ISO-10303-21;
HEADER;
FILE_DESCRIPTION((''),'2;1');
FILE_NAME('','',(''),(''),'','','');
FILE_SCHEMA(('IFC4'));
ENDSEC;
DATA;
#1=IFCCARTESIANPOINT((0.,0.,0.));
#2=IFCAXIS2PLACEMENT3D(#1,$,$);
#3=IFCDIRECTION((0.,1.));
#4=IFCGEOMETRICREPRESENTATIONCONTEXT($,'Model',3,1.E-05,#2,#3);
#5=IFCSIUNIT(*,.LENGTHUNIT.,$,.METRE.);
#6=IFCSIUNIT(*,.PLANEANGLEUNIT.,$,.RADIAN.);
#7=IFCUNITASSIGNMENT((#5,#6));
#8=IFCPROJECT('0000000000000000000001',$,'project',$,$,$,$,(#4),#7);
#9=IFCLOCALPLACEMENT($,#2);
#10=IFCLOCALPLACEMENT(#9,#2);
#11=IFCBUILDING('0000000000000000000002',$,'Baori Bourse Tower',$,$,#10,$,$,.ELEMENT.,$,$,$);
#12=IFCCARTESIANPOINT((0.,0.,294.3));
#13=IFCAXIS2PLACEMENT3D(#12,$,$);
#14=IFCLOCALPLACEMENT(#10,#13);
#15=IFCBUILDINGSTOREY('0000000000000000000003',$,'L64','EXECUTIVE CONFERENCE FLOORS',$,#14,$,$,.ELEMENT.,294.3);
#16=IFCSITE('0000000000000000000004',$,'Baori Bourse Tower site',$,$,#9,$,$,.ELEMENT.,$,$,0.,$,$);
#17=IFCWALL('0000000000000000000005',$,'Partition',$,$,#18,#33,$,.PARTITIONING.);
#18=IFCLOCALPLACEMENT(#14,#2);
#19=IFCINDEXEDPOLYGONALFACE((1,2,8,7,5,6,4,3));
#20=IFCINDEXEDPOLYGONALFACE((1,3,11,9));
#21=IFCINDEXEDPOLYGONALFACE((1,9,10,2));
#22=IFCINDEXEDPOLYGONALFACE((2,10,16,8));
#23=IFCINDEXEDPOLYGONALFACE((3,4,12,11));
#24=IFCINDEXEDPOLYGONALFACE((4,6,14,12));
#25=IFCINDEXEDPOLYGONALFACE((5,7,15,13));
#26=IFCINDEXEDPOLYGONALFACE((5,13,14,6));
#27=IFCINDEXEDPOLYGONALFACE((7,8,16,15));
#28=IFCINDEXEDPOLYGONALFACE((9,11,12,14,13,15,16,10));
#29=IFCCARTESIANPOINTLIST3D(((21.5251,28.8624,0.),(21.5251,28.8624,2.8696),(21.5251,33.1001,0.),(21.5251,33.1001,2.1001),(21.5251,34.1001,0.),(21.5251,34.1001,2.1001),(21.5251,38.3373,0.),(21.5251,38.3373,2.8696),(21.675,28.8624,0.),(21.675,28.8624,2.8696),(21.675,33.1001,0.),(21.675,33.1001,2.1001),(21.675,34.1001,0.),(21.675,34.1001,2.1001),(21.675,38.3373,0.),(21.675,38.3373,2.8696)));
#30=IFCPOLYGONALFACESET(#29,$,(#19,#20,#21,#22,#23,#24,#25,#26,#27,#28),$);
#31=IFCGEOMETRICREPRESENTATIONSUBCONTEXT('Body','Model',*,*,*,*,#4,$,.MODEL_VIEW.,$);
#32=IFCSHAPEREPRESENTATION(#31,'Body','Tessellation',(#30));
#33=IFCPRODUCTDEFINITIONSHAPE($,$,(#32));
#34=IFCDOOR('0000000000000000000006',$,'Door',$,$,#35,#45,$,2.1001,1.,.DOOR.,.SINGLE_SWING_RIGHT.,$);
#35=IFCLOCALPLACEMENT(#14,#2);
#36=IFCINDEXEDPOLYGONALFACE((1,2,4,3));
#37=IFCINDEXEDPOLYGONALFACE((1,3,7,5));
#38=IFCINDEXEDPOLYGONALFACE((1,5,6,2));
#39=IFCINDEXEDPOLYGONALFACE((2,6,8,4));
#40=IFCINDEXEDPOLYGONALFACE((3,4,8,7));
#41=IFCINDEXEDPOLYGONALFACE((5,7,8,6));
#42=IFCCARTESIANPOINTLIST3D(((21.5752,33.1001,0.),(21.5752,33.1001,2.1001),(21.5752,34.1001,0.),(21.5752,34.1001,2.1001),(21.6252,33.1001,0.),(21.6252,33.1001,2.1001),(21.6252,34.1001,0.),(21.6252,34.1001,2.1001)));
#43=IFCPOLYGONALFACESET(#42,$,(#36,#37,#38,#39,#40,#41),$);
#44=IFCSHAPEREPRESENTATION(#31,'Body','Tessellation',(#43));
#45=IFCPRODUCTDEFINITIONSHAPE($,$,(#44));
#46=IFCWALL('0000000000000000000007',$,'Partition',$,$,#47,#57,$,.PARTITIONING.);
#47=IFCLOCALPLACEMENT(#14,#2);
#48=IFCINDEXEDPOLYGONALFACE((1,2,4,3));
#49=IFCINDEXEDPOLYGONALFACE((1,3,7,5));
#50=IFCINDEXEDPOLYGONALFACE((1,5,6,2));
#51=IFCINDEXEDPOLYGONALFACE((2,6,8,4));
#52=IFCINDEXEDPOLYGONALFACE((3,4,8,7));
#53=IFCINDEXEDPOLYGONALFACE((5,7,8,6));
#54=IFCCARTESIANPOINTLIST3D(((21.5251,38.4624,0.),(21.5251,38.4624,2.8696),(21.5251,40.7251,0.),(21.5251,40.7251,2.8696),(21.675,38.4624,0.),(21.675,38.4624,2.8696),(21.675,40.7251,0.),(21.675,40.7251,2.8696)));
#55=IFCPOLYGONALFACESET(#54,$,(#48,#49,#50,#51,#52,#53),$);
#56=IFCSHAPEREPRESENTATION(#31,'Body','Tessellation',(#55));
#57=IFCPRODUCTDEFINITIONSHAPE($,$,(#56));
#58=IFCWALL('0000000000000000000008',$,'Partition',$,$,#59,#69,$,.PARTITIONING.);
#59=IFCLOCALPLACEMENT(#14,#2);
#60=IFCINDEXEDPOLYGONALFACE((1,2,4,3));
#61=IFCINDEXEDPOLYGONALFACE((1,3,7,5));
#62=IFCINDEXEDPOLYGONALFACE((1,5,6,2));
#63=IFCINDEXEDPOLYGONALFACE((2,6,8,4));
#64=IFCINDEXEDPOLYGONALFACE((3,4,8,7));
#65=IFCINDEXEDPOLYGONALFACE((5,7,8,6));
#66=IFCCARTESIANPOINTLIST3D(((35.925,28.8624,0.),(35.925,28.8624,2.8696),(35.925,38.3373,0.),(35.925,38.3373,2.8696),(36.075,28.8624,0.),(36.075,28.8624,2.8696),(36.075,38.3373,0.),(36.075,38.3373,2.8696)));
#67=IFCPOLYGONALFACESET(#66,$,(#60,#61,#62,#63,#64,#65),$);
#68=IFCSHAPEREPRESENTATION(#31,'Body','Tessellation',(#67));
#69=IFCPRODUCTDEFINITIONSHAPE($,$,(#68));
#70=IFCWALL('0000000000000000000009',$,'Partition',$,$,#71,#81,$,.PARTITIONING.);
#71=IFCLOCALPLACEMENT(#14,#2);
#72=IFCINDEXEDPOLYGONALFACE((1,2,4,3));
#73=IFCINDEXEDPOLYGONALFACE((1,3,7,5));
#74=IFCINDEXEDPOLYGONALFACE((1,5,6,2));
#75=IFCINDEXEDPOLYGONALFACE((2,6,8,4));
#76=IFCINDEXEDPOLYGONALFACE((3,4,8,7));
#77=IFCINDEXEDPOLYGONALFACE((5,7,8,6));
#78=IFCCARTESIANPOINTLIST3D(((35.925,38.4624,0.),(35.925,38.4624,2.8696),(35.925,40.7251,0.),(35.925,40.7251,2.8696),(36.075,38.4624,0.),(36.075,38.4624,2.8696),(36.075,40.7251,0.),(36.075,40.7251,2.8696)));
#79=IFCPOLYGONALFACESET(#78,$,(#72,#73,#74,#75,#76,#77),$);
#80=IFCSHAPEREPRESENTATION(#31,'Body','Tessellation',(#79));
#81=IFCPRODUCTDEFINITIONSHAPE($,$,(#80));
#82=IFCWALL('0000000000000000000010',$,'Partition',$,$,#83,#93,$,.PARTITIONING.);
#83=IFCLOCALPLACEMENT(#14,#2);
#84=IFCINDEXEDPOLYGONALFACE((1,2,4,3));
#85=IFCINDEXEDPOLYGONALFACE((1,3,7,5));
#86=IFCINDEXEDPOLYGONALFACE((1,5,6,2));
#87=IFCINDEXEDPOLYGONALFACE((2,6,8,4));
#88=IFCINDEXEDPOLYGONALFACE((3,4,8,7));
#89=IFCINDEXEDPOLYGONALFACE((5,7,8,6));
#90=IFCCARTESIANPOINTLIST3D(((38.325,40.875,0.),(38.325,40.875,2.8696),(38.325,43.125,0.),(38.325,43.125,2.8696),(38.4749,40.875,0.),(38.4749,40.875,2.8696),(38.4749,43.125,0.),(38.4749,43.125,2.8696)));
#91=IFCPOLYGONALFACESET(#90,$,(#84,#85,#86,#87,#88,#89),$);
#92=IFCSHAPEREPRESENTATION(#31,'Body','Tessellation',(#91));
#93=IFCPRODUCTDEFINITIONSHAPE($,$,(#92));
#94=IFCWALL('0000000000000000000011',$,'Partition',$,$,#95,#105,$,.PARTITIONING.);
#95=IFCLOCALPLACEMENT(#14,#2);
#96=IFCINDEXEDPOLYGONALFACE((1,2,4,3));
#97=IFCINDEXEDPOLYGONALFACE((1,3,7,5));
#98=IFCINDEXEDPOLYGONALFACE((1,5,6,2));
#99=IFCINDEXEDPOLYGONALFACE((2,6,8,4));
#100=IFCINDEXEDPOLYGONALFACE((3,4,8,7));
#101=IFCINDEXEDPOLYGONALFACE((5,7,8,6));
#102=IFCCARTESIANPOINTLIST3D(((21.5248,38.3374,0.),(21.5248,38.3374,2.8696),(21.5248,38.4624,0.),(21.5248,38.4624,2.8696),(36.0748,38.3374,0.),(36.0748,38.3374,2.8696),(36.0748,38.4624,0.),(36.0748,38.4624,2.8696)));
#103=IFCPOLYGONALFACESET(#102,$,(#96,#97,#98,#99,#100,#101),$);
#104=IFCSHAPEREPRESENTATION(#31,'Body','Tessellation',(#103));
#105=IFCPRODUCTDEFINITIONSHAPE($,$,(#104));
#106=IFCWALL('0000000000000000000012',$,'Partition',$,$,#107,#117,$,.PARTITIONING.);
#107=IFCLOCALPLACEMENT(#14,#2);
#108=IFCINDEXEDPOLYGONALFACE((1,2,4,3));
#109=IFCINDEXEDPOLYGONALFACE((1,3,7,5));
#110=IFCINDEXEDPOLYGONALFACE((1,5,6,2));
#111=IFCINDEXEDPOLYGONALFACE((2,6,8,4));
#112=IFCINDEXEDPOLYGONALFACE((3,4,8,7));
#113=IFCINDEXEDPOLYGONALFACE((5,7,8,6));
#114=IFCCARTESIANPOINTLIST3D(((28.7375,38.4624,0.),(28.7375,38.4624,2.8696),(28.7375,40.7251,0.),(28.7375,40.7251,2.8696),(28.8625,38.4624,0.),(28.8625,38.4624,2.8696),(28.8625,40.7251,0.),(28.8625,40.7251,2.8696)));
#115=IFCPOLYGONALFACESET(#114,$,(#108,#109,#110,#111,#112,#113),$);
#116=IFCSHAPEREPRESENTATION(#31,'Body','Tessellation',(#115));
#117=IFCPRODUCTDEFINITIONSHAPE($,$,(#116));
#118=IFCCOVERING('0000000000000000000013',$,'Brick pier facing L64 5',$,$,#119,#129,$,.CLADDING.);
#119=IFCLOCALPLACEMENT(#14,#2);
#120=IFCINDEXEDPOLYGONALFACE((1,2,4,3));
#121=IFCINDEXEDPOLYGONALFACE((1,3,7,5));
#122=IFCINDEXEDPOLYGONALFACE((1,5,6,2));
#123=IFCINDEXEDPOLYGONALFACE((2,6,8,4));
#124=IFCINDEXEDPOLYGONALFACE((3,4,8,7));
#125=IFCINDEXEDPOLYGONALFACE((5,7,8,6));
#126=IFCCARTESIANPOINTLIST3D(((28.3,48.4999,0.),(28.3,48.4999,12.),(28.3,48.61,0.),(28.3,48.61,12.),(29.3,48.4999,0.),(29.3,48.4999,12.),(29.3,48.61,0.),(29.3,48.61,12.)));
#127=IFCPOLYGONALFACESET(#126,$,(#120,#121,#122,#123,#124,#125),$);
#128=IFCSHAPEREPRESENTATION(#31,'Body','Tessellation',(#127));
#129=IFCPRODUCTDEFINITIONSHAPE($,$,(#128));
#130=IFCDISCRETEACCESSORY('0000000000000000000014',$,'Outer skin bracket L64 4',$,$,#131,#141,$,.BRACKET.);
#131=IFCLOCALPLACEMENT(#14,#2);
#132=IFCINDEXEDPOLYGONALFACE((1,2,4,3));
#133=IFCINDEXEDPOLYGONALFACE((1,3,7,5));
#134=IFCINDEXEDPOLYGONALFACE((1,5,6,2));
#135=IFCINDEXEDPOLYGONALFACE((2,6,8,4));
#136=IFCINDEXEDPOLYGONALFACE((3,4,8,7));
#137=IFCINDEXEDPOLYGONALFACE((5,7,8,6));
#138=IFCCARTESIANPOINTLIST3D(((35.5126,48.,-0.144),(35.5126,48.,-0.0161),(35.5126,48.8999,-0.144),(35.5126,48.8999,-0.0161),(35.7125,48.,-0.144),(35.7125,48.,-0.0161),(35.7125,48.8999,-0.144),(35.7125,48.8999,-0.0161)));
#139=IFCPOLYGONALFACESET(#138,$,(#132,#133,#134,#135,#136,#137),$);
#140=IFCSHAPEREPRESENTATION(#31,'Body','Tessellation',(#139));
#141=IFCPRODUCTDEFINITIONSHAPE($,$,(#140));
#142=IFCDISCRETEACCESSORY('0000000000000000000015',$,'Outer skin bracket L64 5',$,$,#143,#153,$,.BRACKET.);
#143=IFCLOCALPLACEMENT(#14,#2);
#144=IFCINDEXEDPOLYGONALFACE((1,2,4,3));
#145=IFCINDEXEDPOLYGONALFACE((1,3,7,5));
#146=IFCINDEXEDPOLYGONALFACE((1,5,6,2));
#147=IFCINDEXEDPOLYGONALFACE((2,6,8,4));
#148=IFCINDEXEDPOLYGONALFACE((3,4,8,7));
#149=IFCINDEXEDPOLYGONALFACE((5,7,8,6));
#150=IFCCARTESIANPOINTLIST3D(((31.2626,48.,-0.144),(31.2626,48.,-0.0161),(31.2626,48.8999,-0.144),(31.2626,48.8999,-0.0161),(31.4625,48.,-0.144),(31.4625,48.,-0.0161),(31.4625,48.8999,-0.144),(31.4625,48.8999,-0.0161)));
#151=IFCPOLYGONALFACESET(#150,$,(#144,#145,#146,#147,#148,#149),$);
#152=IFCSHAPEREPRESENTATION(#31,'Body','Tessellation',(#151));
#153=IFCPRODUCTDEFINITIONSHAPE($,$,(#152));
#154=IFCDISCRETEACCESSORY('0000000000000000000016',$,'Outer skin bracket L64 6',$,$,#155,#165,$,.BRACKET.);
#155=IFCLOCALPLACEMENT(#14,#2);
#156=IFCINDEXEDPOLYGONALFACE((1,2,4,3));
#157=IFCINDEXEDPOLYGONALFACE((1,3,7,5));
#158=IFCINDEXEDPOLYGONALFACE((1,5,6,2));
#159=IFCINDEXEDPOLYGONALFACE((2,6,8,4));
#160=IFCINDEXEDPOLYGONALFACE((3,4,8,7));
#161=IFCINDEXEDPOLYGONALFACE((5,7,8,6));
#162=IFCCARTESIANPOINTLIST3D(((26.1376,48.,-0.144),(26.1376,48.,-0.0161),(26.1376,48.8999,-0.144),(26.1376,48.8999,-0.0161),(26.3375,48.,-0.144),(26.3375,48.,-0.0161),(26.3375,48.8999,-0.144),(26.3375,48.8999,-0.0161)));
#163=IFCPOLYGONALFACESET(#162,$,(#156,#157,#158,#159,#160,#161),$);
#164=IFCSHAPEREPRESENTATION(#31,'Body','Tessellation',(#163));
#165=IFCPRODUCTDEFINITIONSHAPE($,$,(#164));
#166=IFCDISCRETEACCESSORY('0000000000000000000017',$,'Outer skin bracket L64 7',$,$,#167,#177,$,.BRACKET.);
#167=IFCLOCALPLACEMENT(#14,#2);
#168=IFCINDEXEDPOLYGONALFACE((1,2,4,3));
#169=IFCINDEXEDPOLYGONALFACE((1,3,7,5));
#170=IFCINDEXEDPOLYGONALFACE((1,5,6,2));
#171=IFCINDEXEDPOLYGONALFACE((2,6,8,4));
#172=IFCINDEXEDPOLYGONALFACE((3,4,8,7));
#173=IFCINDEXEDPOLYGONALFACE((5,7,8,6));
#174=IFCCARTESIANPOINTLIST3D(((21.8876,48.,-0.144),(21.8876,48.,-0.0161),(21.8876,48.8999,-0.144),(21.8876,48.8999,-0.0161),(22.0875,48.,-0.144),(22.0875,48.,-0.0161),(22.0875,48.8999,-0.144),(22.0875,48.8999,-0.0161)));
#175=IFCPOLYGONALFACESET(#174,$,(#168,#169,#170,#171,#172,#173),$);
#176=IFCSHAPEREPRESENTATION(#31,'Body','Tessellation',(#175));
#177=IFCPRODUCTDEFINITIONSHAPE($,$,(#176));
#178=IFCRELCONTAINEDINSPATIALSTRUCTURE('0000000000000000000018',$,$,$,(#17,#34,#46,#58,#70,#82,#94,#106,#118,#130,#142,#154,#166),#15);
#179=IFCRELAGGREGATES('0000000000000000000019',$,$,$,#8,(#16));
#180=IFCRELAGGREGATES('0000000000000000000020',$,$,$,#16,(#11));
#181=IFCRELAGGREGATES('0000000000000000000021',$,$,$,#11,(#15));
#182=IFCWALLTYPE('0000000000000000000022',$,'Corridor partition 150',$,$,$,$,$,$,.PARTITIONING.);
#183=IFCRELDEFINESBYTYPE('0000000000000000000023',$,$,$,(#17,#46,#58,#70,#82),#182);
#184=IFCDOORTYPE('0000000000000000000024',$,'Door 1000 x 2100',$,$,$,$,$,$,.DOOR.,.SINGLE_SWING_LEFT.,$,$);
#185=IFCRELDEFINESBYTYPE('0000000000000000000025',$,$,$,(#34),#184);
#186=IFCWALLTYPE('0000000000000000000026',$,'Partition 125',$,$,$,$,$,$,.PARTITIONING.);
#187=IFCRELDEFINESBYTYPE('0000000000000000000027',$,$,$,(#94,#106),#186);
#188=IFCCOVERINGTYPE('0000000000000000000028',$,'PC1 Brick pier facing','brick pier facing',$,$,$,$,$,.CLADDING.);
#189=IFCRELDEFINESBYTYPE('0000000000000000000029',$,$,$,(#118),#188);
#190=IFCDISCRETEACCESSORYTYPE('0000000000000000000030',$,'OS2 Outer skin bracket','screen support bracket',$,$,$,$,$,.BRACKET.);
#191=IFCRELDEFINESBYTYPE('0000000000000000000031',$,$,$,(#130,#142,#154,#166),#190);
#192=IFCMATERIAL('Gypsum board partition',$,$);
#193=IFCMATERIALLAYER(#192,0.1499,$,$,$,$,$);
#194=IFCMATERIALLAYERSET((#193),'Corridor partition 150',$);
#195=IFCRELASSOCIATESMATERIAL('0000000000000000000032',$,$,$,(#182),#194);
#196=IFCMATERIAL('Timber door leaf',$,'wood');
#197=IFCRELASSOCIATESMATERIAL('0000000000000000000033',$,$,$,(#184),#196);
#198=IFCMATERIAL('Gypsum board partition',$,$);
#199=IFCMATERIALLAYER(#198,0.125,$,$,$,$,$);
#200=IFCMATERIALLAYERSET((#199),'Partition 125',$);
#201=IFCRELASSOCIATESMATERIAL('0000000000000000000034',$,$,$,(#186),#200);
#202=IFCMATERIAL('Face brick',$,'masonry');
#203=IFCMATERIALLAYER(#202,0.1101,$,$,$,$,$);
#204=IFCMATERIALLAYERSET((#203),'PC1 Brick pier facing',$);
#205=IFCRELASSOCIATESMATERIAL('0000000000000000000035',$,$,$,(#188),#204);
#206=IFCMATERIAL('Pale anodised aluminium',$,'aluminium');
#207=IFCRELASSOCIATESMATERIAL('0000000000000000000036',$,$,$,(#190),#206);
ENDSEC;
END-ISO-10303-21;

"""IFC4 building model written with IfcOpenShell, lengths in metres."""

from ifc_helpers import new_model, si_unit, direction, frame, frame_2d, origin, origin_2d, place, context, subcontext, project, spatial, rectangle, extrude, material, layer, layer_set, type_object, element, fill, save


model = new_model("IFC4")

# Units and contexts
model_context = context("Model", 3, precision=1e-05, world=origin(), true_north=direction((0.0, 1.0)))
body_context = subcontext(model_context, "Body", "Model", "MODEL_VIEW")
ifc_project = project(units=[si_unit("LENGTHUNIT", "METRE"), si_unit("PLANEANGLEUNIT", "RADIAN")], contexts=[model_context])

# Site, building, storey
site_placement = place(None, origin())
site = spatial("IfcSite", under=ifc_project, at=site_placement, Name="Baori Bourse Tower site", CompositionType="ELEMENT", RefElevation=0.0)
building_placement = place(site_placement, origin())
building = spatial("IfcBuilding", under=site, at=building_placement, Name="Baori Bourse Tower", CompositionType="ELEMENT")
storey_placement = place(building_placement, frame((0.0, 0.0, 294.3)))
storey = spatial("IfcBuildingStorey", under=building, at=storey_placement, Name="L64", Description="EXECUTIVE CONFERENCE FLOORS", CompositionType="ELEMENT", Elevation=294.3)

# Shared definitions
ifc_material_1 = material(Name="Gypsum board partition")
ifc_layer_1 = layer(ifc_material_1, 0.1499)
ifc_layer_set_1 = layer_set([ifc_layer_1], Name="Corridor partition 150")
wall_type_1 = type_object("IfcWallType", Name="Corridor partition 150", PredefinedType="PARTITIONING", material=ifc_layer_set_1)
ifc_material_2 = material(Name="Timber door leaf", Category="wood")
door_type = type_object("IfcDoorType", Name="Door 1000 x 2100", OperationType="SINGLE_SWING_LEFT", PredefinedType="DOOR", material=ifc_material_2)

# Wall, opening, door
wall_1_placement = place(storey_placement, frame((21.6001, 28.8625, 0.0), z_axis=(0.0, 0.0, 1.0), x_axis=(0.0, 1.0, 0.0)))
wall_1 = element("IfcWall", 1, at=wall_1_placement, inside=storey, type_object=wall_type_1, Name="Partition", PredefinedType="PARTITIONING", context=body_context, shape_type="SweptSolid", body=[
    extrude(rectangle(XDim=9.4749, YDim=0.1499, at=frame_2d((4.7373, 0.0))), origin(), (0.0, 0.0, 1.0), 2.8696),
])
opening_1_placement = place(wall_1_placement, frame((4.2375, 0.0, 0.0)))
opening_1 = element("IfcOpeningElement", 2, at=opening_1_placement, cuts=wall_1, PredefinedType="OPENING", context=body_context, shape_type="SweptSolid", body=[
    extrude(rectangle(XDim=1.0, YDim=2.1001, at=frame_2d((0.5, 1.05))), frame((0.0, 0.085, 0.0), z_axis=(0.0, -1.0, 0.0), x_axis=(1.0, 0.0, 0.0)), (0.0, 0.0, 1.0), 0.1699),
])
door_1_placement = place(opening_1_placement, origin())
door_1 = element("IfcDoor", 3, at=door_1_placement, inside=storey, type_object=door_type, Name="Door", OperationType="SINGLE_SWING_RIGHT", OverallHeight=2.1001, OverallWidth=1.0, PredefinedType="DOOR", context=body_context, shape_type="SweptSolid", body=[
    extrude(rectangle(XDim=1.0, YDim=2.1001, at=frame_2d((0.5, 1.05))), frame((0.0, 0.0249, 0.0), z_axis=(0.0, -1.0, 0.0), x_axis=(1.0, 0.0, 0.0)), (0.0, 0.0, 1.0), 0.05),
])
fill(opening_1, door_1)

# Walls
wall_2_placement = place(storey_placement, frame((21.6001, 38.4624, 0.0), z_axis=(0.0, 0.0, 1.0), x_axis=(0.0, 1.0, 0.0)))
element("IfcWall", 4, at=wall_2_placement, inside=storey, type_object=wall_type_1, Name="Partition", PredefinedType="PARTITIONING", context=body_context, shape_type="SweptSolid", body=[
    extrude(rectangle(XDim=2.2627, YDim=0.1499, at=frame_2d((1.1313, 0.0))), origin(), (0.0, 0.0, 1.0), 2.8696),
])
wall_3_placement = place(storey_placement, frame((36.0, 28.8625, 0.0), z_axis=(0.0, 0.0, 1.0), x_axis=(0.0, 1.0, 0.0)))
element("IfcWall", 5, at=wall_3_placement, inside=storey, type_object=wall_type_1, Name="Partition", PredefinedType="PARTITIONING", context=body_context, shape_type="SweptSolid", body=[
    extrude(rectangle(XDim=9.4749, YDim=0.1499, at=frame_2d((4.7373, 0.0))), origin(), (0.0, 0.0, 1.0), 2.8696),
])
wall_4_placement = place(storey_placement, frame((36.0, 38.4624, 0.0), z_axis=(0.0, 0.0, 1.0), x_axis=(0.0, 1.0, 0.0)))
element("IfcWall", 6, at=wall_4_placement, inside=storey, type_object=wall_type_1, Name="Partition", PredefinedType="PARTITIONING", context=body_context, shape_type="SweptSolid", body=[
    extrude(rectangle(XDim=2.2627, YDim=0.1499, at=frame_2d((1.1313, 0.0))), origin(), (0.0, 0.0, 1.0), 2.8696),
])
wall_5_placement = place(storey_placement, frame((38.3999, 40.875, 0.0), z_axis=(0.0, 0.0, 1.0), x_axis=(0.0, 1.0, 0.0)))
element("IfcWall", 7, at=wall_5_placement, inside=storey, type_object=wall_type_1, Name="Partition", PredefinedType="PARTITIONING", context=body_context, shape_type="SweptSolid", body=[
    extrude(rectangle(XDim=2.25, YDim=0.1499, at=frame_2d((1.125, 0.0))), origin(), (0.0, 0.0, 1.0), 2.8696),
])
ifc_material_3 = material(Name="Gypsum board partition")
ifc_layer_2 = layer(ifc_material_3, 0.125)
ifc_layer_set_2 = layer_set([ifc_layer_2], Name="Partition 125")
wall_type_2 = type_object("IfcWallType", Name="Partition 125", PredefinedType="PARTITIONING", material=ifc_layer_set_2)
wall_6_placement = place(storey_placement, frame((21.5249, 38.3999, 0.0), z_axis=(0.0, 0.0, 1.0), x_axis=(1.0, 0.0, 0.0)))
element("IfcWall", 8, at=wall_6_placement, inside=storey, type_object=wall_type_2, Name="Partition", PredefinedType="PARTITIONING", context=body_context, shape_type="SweptSolid", body=[
    extrude(rectangle(XDim=14.55, YDim=0.125, at=frame_2d((7.2749, 0.0))), origin(), (0.0, 0.0, 1.0), 2.8696),
])
wall_7_placement = place(storey_placement, frame((28.8, 38.4624, 0.0), z_axis=(0.0, 0.0, 1.0), x_axis=(0.0, 1.0, 0.0)))
element("IfcWall", 9, at=wall_7_placement, inside=storey, type_object=wall_type_2, Name="Partition", PredefinedType="PARTITIONING", context=body_context, shape_type="SweptSolid", body=[
    extrude(rectangle(XDim=2.2627, YDim=0.125, at=frame_2d((1.1313, 0.0))), origin(), (0.0, 0.0, 1.0), 2.8696),
])

# Covering
ifc_material_4 = material(Name="Face brick", Category="masonry")
ifc_layer_3 = layer(ifc_material_4, 0.1101)
ifc_layer_set_3 = layer_set([ifc_layer_3], Name="PC1 Brick pier facing")
covering_type = type_object("IfcCoveringType", Name="PC1 Brick pier facing", Description="brick pier facing", PredefinedType="CLADDING", material=ifc_layer_set_3)
covering_placement = place(storey_placement, frame((28.8, 48.5549, 0.0), z_axis=(0.0, 0.0, 1.0), x_axis=(1.0, 0.0, 0.0)))
element("IfcCovering", 10, at=covering_placement, inside=storey, type_object=covering_type, Name="Brick pier facing L64 5", PredefinedType="CLADDING", context=body_context, shape_type="SweptSolid", body=[
    extrude(rectangle(XDim=1.0, YDim=0.1101, at=origin_2d()), origin(), (0.0, 0.0, 1.0), 12.0),
])

# Discrete accessories
ifc_material_5 = material(Name="Pale anodised aluminium", Category="aluminium")
discrete_accessory_type = type_object("IfcDiscreteAccessoryType", Name="OS2 Outer skin bracket", Description="screen support bracket", PredefinedType="BRACKET", material=ifc_material_5)
for number, where, z_axis, x_axis, name in (
    (11, (35.6125, 48.45, -0.144), (0.0, 0.0, 1.0), (-1.0, 0.0, 0.0), "Outer skin bracket L64 4"),
    (12, (31.3625, 48.45, -0.144), (0.0, 0.0, 1.0), (-1.0, 0.0, 0.0), "Outer skin bracket L64 5"),
    (13, (26.2375, 48.45, -0.144), (0.0, 0.0, 1.0), (-1.0, 0.0, 0.0), "Outer skin bracket L64 6"),
    (14, (21.9875, 48.45, -0.144), (0.0, 0.0, 1.0), (-1.0, 0.0, 0.0), "Outer skin bracket L64 7"),
):
    element("IfcDiscreteAccessory", number, at=place(storey_placement, frame(where, z_axis=z_axis, x_axis=x_axis)), inside=storey, type_object=discrete_accessory_type, Name=name, PredefinedType="BRACKET", context=body_context, shape_type="SweptSolid", body=[
        extrude(rectangle(XDim=0.2, YDim=0.8999, at=origin_2d()), origin(), (0.0, 0.0, 1.0), 0.1279),
    ])

save(model, "model.ifc")
